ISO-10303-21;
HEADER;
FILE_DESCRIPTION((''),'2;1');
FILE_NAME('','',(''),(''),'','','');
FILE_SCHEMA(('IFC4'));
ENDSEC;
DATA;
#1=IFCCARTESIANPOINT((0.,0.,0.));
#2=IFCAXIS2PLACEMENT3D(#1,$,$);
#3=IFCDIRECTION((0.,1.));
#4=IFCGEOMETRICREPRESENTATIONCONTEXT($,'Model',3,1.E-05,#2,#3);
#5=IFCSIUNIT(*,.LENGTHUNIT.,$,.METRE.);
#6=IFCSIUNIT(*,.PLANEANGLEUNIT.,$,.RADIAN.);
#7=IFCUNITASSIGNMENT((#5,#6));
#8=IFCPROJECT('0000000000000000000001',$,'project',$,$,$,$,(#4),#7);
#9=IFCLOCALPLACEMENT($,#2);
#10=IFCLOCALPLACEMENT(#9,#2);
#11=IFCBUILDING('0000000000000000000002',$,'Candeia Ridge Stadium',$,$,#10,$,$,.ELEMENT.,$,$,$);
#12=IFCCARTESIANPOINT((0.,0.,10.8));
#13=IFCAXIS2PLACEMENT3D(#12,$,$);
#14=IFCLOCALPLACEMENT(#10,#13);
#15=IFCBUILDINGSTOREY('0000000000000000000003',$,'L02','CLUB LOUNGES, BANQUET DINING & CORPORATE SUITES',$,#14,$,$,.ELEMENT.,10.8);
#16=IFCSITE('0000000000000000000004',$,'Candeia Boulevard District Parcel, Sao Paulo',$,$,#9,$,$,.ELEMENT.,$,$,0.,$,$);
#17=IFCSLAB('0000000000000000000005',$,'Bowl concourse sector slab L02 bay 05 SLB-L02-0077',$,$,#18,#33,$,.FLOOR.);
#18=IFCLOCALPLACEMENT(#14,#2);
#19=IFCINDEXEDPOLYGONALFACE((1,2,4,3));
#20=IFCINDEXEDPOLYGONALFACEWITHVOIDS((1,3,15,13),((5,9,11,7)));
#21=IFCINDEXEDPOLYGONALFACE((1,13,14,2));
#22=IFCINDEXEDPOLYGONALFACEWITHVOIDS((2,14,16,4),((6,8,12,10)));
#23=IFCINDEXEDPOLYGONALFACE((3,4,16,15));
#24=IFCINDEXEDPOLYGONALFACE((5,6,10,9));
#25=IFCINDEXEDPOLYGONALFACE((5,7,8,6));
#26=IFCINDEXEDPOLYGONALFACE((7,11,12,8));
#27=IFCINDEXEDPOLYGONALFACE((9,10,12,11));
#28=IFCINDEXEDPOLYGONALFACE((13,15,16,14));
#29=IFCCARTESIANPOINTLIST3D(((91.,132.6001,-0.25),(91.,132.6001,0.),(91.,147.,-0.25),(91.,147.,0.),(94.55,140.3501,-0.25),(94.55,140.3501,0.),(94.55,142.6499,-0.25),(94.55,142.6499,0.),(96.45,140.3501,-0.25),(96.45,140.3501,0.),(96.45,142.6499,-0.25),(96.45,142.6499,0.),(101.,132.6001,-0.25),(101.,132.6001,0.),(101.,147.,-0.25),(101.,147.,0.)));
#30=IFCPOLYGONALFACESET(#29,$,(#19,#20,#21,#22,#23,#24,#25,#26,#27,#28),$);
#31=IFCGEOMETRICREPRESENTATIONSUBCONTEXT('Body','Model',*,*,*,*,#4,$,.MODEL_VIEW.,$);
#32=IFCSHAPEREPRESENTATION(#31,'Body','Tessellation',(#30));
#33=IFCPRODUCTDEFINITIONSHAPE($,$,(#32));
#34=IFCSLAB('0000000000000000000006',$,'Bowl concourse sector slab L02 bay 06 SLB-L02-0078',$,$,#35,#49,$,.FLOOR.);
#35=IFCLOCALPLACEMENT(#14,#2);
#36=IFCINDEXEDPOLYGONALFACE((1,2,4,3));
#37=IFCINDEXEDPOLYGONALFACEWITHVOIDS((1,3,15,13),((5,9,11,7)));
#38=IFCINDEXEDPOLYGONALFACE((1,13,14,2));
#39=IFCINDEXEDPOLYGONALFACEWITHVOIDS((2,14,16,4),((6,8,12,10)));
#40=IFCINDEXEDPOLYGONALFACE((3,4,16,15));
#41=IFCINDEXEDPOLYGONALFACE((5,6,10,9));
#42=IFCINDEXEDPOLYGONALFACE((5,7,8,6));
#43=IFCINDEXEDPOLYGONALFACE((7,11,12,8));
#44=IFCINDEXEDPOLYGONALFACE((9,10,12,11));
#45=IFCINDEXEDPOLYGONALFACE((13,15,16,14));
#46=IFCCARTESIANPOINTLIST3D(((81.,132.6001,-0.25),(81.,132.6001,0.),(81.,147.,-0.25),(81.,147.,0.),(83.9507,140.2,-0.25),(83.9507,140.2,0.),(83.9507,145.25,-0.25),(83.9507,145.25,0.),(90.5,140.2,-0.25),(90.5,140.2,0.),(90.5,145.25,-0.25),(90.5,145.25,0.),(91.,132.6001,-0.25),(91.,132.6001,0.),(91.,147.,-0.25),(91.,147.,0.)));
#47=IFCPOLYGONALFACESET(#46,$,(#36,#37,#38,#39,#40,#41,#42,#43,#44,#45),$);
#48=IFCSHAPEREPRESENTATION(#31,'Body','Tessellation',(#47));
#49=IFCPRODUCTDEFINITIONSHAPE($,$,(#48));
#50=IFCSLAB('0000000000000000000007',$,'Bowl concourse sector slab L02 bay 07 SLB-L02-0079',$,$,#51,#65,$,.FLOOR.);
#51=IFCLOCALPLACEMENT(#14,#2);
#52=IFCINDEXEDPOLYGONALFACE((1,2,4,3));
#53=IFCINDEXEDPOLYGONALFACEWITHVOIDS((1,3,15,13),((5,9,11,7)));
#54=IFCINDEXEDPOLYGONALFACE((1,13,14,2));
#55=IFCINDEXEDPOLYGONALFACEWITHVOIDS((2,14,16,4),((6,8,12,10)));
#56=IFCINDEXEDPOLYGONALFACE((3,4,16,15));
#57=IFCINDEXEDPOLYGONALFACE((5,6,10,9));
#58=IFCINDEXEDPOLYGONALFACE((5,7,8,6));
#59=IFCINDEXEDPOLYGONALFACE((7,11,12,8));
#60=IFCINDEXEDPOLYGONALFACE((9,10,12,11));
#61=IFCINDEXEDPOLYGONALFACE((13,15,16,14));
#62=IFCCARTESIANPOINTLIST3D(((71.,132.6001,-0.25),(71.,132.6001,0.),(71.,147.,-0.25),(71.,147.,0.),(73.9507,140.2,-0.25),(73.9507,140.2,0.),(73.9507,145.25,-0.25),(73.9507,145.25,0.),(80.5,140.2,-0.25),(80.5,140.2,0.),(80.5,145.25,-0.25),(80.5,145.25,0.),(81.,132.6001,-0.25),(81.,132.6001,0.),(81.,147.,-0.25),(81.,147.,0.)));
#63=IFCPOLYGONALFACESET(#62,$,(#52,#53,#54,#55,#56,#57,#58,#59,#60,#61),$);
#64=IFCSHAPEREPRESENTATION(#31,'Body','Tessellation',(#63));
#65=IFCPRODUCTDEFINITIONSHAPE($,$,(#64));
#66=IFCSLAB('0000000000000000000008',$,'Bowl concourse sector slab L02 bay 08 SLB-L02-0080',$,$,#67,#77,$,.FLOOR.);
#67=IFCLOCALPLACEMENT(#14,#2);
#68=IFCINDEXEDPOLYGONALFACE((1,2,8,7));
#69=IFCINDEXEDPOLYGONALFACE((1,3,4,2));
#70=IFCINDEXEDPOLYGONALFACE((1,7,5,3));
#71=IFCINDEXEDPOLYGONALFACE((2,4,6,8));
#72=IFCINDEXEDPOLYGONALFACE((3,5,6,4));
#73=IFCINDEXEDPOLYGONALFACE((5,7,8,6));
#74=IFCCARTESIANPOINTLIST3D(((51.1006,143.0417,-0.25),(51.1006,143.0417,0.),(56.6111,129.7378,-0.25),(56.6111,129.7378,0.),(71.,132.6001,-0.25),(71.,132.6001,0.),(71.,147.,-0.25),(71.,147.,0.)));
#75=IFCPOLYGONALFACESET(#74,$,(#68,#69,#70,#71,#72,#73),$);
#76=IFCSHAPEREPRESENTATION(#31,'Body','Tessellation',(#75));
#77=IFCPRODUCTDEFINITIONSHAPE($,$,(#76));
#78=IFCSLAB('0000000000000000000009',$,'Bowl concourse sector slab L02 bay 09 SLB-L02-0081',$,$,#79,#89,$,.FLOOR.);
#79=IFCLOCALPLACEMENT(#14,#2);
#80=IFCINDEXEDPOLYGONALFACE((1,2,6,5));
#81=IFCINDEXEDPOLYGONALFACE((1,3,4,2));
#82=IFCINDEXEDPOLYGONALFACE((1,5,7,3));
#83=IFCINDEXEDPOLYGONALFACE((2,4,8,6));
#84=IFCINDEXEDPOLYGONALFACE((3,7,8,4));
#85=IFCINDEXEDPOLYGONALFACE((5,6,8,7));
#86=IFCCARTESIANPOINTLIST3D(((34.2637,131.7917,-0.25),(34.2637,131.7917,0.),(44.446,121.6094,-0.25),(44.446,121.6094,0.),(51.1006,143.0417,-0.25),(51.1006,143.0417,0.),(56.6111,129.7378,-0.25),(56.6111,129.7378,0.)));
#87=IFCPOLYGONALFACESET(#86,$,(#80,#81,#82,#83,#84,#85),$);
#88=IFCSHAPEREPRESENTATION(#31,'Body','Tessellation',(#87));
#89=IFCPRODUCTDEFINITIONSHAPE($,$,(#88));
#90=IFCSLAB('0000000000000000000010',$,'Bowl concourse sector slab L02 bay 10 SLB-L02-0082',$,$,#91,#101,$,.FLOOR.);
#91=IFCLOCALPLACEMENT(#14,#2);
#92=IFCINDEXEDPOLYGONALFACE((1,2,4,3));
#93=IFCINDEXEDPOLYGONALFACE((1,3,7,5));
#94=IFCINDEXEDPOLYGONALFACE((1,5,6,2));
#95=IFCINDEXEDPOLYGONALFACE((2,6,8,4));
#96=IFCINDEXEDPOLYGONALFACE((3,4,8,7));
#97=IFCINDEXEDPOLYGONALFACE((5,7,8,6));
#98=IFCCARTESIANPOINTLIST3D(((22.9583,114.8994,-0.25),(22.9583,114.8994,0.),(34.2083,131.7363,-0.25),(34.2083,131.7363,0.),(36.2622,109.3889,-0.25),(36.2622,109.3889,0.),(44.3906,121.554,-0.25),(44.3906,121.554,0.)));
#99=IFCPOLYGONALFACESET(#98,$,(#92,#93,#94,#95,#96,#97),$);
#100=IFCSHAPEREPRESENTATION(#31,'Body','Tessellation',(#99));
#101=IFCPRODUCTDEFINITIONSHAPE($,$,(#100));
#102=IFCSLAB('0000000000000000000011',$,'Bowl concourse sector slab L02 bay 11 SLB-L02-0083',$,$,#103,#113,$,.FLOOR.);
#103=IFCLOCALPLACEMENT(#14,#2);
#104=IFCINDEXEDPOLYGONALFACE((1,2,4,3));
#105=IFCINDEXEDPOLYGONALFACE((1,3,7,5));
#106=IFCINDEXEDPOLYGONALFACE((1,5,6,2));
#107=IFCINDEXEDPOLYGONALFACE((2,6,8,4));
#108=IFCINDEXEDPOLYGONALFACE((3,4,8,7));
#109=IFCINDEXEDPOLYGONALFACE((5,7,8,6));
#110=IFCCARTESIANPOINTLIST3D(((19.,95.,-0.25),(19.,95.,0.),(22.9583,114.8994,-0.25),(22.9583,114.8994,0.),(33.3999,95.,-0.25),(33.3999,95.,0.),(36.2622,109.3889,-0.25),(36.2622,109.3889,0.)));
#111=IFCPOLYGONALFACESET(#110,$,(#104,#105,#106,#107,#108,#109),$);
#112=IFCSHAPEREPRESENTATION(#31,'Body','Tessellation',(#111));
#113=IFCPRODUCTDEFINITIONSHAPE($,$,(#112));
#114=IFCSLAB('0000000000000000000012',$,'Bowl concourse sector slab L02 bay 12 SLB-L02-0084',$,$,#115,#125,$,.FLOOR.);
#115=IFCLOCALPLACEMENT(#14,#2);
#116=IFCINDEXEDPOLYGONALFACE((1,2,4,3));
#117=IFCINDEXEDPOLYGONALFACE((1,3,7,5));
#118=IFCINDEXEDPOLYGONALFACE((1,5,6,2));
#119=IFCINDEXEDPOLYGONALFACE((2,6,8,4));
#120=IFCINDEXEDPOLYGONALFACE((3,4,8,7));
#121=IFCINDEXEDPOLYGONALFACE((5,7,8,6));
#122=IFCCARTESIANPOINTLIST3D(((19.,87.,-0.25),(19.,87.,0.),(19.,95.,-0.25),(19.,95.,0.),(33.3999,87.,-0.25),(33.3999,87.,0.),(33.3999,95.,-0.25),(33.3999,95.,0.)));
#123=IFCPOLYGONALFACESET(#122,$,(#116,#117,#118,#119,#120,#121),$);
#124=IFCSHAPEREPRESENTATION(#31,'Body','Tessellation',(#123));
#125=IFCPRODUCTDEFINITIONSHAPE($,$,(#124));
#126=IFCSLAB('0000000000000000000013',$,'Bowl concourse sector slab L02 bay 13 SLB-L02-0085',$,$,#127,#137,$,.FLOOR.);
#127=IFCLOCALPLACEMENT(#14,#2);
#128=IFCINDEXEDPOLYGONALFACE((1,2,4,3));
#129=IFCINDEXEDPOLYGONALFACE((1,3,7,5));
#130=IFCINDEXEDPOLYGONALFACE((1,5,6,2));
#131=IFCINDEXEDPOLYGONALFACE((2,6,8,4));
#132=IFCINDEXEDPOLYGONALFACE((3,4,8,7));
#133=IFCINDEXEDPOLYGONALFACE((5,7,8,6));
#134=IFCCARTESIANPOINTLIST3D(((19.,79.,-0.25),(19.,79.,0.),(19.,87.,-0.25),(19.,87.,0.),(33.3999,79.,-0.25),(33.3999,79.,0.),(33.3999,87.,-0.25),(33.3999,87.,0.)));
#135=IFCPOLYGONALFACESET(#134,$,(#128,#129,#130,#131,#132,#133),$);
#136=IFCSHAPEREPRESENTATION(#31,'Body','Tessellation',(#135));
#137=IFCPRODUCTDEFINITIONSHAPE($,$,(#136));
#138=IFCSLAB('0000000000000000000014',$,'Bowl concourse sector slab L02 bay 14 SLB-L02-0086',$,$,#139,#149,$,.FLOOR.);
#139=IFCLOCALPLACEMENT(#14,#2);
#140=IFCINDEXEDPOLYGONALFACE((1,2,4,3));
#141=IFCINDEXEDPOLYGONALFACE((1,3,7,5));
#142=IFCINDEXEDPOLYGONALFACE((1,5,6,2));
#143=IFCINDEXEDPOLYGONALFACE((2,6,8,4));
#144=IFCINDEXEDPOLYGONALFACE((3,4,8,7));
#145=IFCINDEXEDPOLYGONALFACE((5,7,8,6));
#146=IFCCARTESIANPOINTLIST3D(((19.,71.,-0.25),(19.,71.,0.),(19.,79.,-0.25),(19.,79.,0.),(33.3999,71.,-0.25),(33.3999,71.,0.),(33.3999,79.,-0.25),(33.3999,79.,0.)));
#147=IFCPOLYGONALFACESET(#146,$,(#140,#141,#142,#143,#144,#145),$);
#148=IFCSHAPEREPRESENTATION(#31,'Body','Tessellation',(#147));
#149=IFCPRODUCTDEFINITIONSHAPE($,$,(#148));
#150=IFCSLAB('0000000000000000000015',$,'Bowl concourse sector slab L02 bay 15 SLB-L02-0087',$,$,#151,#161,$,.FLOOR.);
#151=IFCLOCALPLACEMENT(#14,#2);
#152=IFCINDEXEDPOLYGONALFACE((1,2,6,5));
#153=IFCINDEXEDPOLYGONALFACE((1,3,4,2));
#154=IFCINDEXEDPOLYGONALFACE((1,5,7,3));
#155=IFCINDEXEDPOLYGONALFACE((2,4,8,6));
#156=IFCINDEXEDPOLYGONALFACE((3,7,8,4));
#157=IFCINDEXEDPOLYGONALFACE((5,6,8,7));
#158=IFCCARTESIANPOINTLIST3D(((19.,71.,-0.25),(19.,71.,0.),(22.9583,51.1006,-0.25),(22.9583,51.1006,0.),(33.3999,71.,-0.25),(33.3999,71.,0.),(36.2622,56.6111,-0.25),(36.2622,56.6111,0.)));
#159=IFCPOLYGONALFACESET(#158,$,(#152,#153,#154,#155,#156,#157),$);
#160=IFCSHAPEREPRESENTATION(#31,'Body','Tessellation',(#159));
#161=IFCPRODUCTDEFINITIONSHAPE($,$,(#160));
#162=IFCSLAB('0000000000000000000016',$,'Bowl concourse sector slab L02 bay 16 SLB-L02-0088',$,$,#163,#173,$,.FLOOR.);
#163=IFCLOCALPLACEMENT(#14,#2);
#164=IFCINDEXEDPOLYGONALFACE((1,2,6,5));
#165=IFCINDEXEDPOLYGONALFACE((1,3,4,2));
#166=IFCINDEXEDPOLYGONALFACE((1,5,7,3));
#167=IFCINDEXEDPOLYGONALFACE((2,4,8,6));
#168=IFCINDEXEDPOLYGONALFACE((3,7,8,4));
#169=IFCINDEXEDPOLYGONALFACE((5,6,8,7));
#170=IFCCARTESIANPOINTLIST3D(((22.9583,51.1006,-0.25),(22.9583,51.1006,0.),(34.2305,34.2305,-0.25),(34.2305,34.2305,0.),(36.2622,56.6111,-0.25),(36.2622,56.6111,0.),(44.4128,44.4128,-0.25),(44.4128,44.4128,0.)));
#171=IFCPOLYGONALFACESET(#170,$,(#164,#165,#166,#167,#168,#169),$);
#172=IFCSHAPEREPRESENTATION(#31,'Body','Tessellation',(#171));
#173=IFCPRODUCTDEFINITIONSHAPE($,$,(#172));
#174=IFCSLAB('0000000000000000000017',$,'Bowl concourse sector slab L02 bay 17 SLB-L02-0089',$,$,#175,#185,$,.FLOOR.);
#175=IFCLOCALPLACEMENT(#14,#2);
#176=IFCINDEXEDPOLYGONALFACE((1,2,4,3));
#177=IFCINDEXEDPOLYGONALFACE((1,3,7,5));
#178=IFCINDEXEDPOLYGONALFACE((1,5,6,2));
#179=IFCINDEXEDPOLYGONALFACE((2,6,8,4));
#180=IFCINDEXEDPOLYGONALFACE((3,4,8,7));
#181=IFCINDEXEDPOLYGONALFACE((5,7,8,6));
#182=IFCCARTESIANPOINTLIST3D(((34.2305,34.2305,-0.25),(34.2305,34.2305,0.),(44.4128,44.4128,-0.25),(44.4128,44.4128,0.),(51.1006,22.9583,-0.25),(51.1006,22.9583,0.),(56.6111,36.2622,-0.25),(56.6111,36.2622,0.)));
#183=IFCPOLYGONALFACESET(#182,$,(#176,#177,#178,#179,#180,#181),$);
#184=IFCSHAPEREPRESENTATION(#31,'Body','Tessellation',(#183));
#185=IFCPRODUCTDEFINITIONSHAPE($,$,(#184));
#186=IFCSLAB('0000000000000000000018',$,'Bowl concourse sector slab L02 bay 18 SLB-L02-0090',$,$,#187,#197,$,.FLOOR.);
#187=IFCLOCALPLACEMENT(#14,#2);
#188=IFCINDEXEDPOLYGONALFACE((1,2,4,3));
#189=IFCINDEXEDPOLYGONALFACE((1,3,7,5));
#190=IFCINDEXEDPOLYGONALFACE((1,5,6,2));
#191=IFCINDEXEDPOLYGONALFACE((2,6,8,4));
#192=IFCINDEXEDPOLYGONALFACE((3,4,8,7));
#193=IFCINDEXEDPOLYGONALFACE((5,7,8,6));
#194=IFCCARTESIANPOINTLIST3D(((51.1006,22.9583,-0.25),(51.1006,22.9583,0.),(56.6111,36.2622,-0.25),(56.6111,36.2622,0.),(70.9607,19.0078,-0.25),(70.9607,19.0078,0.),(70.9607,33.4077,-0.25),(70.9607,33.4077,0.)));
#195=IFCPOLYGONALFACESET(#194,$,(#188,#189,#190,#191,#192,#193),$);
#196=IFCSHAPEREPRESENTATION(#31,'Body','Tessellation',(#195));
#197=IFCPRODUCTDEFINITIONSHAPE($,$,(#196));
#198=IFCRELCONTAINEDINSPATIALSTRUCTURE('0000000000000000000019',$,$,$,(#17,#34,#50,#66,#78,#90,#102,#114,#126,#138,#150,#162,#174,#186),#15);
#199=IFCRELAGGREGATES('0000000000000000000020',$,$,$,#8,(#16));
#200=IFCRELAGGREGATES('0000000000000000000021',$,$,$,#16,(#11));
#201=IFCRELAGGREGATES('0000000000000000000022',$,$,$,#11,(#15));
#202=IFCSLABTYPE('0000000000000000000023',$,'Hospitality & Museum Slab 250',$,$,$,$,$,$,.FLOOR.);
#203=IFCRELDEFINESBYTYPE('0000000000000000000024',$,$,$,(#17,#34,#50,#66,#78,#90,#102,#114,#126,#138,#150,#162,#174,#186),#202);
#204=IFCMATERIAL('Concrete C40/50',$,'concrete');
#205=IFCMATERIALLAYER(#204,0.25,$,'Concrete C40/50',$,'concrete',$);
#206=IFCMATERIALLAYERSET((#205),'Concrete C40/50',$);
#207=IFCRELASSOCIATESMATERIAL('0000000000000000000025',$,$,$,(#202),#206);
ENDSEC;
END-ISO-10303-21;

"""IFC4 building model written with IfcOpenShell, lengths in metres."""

from ifc_helpers import new_model, si_unit, direction, frame, origin, place, context, subcontext, project, spatial, polyline, outline, extrude, material, layer, layer_set, type_object, element, save


model = new_model("IFC4")

# Units and contexts
model_context = context("Model", 3, precision=1e-05, world=origin(), true_north=direction((0.0, 1.0)))
body_context = subcontext(model_context, "Body", "Model", "MODEL_VIEW")
ifc_project = project(units=[si_unit("LENGTHUNIT", "METRE"), si_unit("PLANEANGLEUNIT", "RADIAN")], contexts=[model_context])

# Site, building, storey
site_placement = place(None, origin())
site = spatial("IfcSite", under=ifc_project, at=site_placement, Name="Candeia Boulevard District Parcel, Sao Paulo", CompositionType="ELEMENT", RefElevation=0.0)
building_placement = place(site_placement, origin())
building = spatial("IfcBuilding", under=site, at=building_placement, Name="Candeia Ridge Stadium", CompositionType="ELEMENT")
storey_placement = place(building_placement, frame((0.0, 0.0, 10.8)))
storey = spatial("IfcBuildingStorey", under=building, at=storey_placement, Name="L02", Description="CLUB LOUNGES, BANQUET DINING & CORPORATE SUITES", CompositionType="ELEMENT", Elevation=10.8)

# Slabs
ifc_material = material(Name="Concrete C40/50", Category="concrete")
ifc_layer_1 = layer(ifc_material, 0.25, Name="Concrete C40/50", Category="concrete")
ifc_layer_set_1 = layer_set([ifc_layer_1], Name="Concrete C40/50")
slab_type_1 = type_object("IfcSlabType", Name="Hospitality & Museum Slab 250", PredefinedType="FLOOR", material=ifc_layer_set_1)
slab_1_placement = place(storey_placement, frame((0.0, 0.0, -0.25)))
element("IfcSlab", 1, at=slab_1_placement, inside=storey, type_object=slab_type_1, Name="Bowl concourse sector slab L02 bay 05 SLB-L02-0077", PredefinedType="FLOOR", context=body_context, shape_type="SweptSolid", body=[
    extrude(outline(polyline([(91.0, 132.6001), (91.0, 147.0), (101.0, 147.0), (101.0, 132.6001), (91.0, 132.6001)]), holes=[polyline([(96.45, 140.3501), (96.45, 142.6499), (94.55, 142.6499), (94.55, 140.3501), (96.45, 140.3501)])]), origin(), (0.0, 0.0, 1.0), 0.25),
])
slab_2_placement = place(storey_placement, frame((0.0, 0.0, -0.25)))
element("IfcSlab", 2, at=slab_2_placement, inside=storey, type_object=slab_type_1, Name="Bowl concourse sector slab L02 bay 06 SLB-L02-0078", PredefinedType="FLOOR", context=body_context, shape_type="SweptSolid", body=[
    extrude(outline(polyline([(81.0, 132.6001), (81.0, 147.0), (91.0, 147.0), (91.0, 132.6001), (81.0, 132.6001)]), holes=[polyline([(83.9507, 140.2), (90.5, 140.2), (90.5, 145.25), (83.9507, 145.25), (83.9507, 140.2)])]), origin(), (0.0, 0.0, 1.0), 0.25),
])
slab_3_placement = place(storey_placement, frame((0.0, 0.0, -0.25)))
element("IfcSlab", 3, at=slab_3_placement, inside=storey, type_object=slab_type_1, Name="Bowl concourse sector slab L02 bay 07 SLB-L02-0079", PredefinedType="FLOOR", context=body_context, shape_type="SweptSolid", body=[
    extrude(outline(polyline([(71.0, 132.6001), (71.0, 147.0), (81.0, 147.0), (81.0, 132.6001), (71.0, 132.6001)]), holes=[polyline([(73.9507, 140.2), (80.5, 140.2), (80.5, 145.25), (73.9507, 145.25), (73.9507, 140.2)])]), origin(), (0.0, 0.0, 1.0), 0.25),
])
slab_4_placement = place(storey_placement, frame((0.0, 0.0, -0.25)))
element("IfcSlab", 4, at=slab_4_placement, inside=storey, type_object=slab_type_1, Name="Bowl concourse sector slab L02 bay 08 SLB-L02-0080", PredefinedType="FLOOR", context=body_context, shape_type="SweptSolid", body=[
    extrude(outline(polyline([(56.6111, 129.7378), (51.1006, 143.0417), (71.0, 147.0), (71.0, 132.6001), (56.6111, 129.7378)])), origin(), (0.0, 0.0, 1.0), 0.25),
])
slab_5_placement = place(storey_placement, frame((0.0, 0.0, -0.25)))
element("IfcSlab", 5, at=slab_5_placement, inside=storey, type_object=slab_type_1, Name="Bowl concourse sector slab L02 bay 09 SLB-L02-0081", PredefinedType="FLOOR", context=body_context, shape_type="SweptSolid", body=[
    extrude(outline(polyline([(44.446, 121.6094), (34.2637, 131.7917), (51.1006, 143.0417), (56.6111, 129.7378), (44.446, 121.6094)])), origin(), (0.0, 0.0, 1.0), 0.25),
])
slab_6_placement = place(storey_placement, frame((0.0, 0.0, -0.25)))
element("IfcSlab", 6, at=slab_6_placement, inside=storey, type_object=slab_type_1, Name="Bowl concourse sector slab L02 bay 10 SLB-L02-0082", PredefinedType="FLOOR", context=body_context, shape_type="SweptSolid", body=[
    extrude(outline(polyline([(36.2622, 109.3889), (22.9583, 114.8994), (34.2083, 131.7363), (44.3906, 121.554), (36.2622, 109.3889)])), origin(), (0.0, 0.0, 1.0), 0.25),
])
slab_7_placement = place(storey_placement, frame((0.0, 0.0, -0.25)))
element("IfcSlab", 7, at=slab_7_placement, inside=storey, type_object=slab_type_1, Name="Bowl concourse sector slab L02 bay 11 SLB-L02-0083", PredefinedType="FLOOR", context=body_context, shape_type="SweptSolid", body=[
    extrude(outline(polyline([(33.3999, 95.0), (19.0, 95.0), (22.9583, 114.8994), (36.2622, 109.3889), (33.3999, 95.0)])), origin(), (0.0, 0.0, 1.0), 0.25),
])
slab_8_placement = place(storey_placement, frame((0.0, 0.0, -0.25)))
element("IfcSlab", 8, at=slab_8_placement, inside=storey, type_object=slab_type_1, Name="Bowl concourse sector slab L02 bay 12 SLB-L02-0084", PredefinedType="FLOOR", context=body_context, shape_type="SweptSolid", body=[
    extrude(outline(polyline([(33.3999, 87.0), (19.0, 87.0), (19.0, 95.0), (33.3999, 95.0), (33.3999, 87.0)])), origin(), (0.0, 0.0, 1.0), 0.25),
])
slab_9_placement = place(storey_placement, frame((0.0, 0.0, -0.25)))
element("IfcSlab", 9, at=slab_9_placement, inside=storey, type_object=slab_type_1, Name="Bowl concourse sector slab L02 bay 13 SLB-L02-0085", PredefinedType="FLOOR", context=body_context, shape_type="SweptSolid", body=[
    extrude(outline(polyline([(33.3999, 79.0), (19.0, 79.0), (19.0, 87.0), (33.3999, 87.0), (33.3999, 79.0)])), origin(), (0.0, 0.0, 1.0), 0.25),
])
slab_10_placement = place(storey_placement, frame((0.0, 0.0, -0.25)))
element("IfcSlab", 10, at=slab_10_placement, inside=storey, type_object=slab_type_1, Name="Bowl concourse sector slab L02 bay 14 SLB-L02-0086", PredefinedType="FLOOR", context=body_context, shape_type="SweptSolid", body=[
    extrude(outline(polyline([(33.3999, 71.0), (19.0, 71.0), (19.0, 79.0), (33.3999, 79.0), (33.3999, 71.0)])), origin(), (0.0, 0.0, 1.0), 0.25),
])
slab_11_placement = place(storey_placement, frame((0.0, 0.0, -0.25)))
element("IfcSlab", 11, at=slab_11_placement, inside=storey, type_object=slab_type_1, Name="Bowl concourse sector slab L02 bay 15 SLB-L02-0087", PredefinedType="FLOOR", context=body_context, shape_type="SweptSolid", body=[
    extrude(outline(polyline([(36.2622, 56.6111), (22.9583, 51.1006), (19.0, 71.0), (33.3999, 71.0), (36.2622, 56.6111)])), origin(), (0.0, 0.0, 1.0), 0.25),
])
slab_12_placement = place(storey_placement, frame((0.0, 0.0, -0.25)))
element("IfcSlab", 12, at=slab_12_placement, inside=storey, type_object=slab_type_1, Name="Bowl concourse sector slab L02 bay 16 SLB-L02-0088", PredefinedType="FLOOR", context=body_context, shape_type="SweptSolid", body=[
    extrude(outline(polyline([(44.4128, 44.4128), (34.2305, 34.2305), (22.9583, 51.1006), (36.2622, 56.6111), (44.4128, 44.4128)])), origin(), (0.0, 0.0, 1.0), 0.25),
])
slab_13_placement = place(storey_placement, frame((0.0, 0.0, -0.25)))
element("IfcSlab", 13, at=slab_13_placement, inside=storey, type_object=slab_type_1, Name="Bowl concourse sector slab L02 bay 17 SLB-L02-0089", PredefinedType="FLOOR", context=body_context, shape_type="SweptSolid", body=[
    extrude(outline(polyline([(56.6111, 36.2622), (51.1006, 22.9583), (34.2305, 34.2305), (44.4128, 44.4128), (56.6111, 36.2622)])), origin(), (0.0, 0.0, 1.0), 0.25),
])
slab_14_placement = place(storey_placement, frame((0.0, 0.0, -0.25)))
element("IfcSlab", 14, at=slab_14_placement, inside=storey, type_object=slab_type_1, Name="Bowl concourse sector slab L02 bay 18 SLB-L02-0090", PredefinedType="FLOOR", context=body_context, shape_type="SweptSolid", body=[
    extrude(outline(polyline([(70.9607, 33.4077), (70.9607, 19.0078), (51.1006, 22.9583), (56.6111, 36.2622), (70.9607, 33.4077)])), origin(), (0.0, 0.0, 1.0), 0.25),
])

save(model, "model.ifc")
